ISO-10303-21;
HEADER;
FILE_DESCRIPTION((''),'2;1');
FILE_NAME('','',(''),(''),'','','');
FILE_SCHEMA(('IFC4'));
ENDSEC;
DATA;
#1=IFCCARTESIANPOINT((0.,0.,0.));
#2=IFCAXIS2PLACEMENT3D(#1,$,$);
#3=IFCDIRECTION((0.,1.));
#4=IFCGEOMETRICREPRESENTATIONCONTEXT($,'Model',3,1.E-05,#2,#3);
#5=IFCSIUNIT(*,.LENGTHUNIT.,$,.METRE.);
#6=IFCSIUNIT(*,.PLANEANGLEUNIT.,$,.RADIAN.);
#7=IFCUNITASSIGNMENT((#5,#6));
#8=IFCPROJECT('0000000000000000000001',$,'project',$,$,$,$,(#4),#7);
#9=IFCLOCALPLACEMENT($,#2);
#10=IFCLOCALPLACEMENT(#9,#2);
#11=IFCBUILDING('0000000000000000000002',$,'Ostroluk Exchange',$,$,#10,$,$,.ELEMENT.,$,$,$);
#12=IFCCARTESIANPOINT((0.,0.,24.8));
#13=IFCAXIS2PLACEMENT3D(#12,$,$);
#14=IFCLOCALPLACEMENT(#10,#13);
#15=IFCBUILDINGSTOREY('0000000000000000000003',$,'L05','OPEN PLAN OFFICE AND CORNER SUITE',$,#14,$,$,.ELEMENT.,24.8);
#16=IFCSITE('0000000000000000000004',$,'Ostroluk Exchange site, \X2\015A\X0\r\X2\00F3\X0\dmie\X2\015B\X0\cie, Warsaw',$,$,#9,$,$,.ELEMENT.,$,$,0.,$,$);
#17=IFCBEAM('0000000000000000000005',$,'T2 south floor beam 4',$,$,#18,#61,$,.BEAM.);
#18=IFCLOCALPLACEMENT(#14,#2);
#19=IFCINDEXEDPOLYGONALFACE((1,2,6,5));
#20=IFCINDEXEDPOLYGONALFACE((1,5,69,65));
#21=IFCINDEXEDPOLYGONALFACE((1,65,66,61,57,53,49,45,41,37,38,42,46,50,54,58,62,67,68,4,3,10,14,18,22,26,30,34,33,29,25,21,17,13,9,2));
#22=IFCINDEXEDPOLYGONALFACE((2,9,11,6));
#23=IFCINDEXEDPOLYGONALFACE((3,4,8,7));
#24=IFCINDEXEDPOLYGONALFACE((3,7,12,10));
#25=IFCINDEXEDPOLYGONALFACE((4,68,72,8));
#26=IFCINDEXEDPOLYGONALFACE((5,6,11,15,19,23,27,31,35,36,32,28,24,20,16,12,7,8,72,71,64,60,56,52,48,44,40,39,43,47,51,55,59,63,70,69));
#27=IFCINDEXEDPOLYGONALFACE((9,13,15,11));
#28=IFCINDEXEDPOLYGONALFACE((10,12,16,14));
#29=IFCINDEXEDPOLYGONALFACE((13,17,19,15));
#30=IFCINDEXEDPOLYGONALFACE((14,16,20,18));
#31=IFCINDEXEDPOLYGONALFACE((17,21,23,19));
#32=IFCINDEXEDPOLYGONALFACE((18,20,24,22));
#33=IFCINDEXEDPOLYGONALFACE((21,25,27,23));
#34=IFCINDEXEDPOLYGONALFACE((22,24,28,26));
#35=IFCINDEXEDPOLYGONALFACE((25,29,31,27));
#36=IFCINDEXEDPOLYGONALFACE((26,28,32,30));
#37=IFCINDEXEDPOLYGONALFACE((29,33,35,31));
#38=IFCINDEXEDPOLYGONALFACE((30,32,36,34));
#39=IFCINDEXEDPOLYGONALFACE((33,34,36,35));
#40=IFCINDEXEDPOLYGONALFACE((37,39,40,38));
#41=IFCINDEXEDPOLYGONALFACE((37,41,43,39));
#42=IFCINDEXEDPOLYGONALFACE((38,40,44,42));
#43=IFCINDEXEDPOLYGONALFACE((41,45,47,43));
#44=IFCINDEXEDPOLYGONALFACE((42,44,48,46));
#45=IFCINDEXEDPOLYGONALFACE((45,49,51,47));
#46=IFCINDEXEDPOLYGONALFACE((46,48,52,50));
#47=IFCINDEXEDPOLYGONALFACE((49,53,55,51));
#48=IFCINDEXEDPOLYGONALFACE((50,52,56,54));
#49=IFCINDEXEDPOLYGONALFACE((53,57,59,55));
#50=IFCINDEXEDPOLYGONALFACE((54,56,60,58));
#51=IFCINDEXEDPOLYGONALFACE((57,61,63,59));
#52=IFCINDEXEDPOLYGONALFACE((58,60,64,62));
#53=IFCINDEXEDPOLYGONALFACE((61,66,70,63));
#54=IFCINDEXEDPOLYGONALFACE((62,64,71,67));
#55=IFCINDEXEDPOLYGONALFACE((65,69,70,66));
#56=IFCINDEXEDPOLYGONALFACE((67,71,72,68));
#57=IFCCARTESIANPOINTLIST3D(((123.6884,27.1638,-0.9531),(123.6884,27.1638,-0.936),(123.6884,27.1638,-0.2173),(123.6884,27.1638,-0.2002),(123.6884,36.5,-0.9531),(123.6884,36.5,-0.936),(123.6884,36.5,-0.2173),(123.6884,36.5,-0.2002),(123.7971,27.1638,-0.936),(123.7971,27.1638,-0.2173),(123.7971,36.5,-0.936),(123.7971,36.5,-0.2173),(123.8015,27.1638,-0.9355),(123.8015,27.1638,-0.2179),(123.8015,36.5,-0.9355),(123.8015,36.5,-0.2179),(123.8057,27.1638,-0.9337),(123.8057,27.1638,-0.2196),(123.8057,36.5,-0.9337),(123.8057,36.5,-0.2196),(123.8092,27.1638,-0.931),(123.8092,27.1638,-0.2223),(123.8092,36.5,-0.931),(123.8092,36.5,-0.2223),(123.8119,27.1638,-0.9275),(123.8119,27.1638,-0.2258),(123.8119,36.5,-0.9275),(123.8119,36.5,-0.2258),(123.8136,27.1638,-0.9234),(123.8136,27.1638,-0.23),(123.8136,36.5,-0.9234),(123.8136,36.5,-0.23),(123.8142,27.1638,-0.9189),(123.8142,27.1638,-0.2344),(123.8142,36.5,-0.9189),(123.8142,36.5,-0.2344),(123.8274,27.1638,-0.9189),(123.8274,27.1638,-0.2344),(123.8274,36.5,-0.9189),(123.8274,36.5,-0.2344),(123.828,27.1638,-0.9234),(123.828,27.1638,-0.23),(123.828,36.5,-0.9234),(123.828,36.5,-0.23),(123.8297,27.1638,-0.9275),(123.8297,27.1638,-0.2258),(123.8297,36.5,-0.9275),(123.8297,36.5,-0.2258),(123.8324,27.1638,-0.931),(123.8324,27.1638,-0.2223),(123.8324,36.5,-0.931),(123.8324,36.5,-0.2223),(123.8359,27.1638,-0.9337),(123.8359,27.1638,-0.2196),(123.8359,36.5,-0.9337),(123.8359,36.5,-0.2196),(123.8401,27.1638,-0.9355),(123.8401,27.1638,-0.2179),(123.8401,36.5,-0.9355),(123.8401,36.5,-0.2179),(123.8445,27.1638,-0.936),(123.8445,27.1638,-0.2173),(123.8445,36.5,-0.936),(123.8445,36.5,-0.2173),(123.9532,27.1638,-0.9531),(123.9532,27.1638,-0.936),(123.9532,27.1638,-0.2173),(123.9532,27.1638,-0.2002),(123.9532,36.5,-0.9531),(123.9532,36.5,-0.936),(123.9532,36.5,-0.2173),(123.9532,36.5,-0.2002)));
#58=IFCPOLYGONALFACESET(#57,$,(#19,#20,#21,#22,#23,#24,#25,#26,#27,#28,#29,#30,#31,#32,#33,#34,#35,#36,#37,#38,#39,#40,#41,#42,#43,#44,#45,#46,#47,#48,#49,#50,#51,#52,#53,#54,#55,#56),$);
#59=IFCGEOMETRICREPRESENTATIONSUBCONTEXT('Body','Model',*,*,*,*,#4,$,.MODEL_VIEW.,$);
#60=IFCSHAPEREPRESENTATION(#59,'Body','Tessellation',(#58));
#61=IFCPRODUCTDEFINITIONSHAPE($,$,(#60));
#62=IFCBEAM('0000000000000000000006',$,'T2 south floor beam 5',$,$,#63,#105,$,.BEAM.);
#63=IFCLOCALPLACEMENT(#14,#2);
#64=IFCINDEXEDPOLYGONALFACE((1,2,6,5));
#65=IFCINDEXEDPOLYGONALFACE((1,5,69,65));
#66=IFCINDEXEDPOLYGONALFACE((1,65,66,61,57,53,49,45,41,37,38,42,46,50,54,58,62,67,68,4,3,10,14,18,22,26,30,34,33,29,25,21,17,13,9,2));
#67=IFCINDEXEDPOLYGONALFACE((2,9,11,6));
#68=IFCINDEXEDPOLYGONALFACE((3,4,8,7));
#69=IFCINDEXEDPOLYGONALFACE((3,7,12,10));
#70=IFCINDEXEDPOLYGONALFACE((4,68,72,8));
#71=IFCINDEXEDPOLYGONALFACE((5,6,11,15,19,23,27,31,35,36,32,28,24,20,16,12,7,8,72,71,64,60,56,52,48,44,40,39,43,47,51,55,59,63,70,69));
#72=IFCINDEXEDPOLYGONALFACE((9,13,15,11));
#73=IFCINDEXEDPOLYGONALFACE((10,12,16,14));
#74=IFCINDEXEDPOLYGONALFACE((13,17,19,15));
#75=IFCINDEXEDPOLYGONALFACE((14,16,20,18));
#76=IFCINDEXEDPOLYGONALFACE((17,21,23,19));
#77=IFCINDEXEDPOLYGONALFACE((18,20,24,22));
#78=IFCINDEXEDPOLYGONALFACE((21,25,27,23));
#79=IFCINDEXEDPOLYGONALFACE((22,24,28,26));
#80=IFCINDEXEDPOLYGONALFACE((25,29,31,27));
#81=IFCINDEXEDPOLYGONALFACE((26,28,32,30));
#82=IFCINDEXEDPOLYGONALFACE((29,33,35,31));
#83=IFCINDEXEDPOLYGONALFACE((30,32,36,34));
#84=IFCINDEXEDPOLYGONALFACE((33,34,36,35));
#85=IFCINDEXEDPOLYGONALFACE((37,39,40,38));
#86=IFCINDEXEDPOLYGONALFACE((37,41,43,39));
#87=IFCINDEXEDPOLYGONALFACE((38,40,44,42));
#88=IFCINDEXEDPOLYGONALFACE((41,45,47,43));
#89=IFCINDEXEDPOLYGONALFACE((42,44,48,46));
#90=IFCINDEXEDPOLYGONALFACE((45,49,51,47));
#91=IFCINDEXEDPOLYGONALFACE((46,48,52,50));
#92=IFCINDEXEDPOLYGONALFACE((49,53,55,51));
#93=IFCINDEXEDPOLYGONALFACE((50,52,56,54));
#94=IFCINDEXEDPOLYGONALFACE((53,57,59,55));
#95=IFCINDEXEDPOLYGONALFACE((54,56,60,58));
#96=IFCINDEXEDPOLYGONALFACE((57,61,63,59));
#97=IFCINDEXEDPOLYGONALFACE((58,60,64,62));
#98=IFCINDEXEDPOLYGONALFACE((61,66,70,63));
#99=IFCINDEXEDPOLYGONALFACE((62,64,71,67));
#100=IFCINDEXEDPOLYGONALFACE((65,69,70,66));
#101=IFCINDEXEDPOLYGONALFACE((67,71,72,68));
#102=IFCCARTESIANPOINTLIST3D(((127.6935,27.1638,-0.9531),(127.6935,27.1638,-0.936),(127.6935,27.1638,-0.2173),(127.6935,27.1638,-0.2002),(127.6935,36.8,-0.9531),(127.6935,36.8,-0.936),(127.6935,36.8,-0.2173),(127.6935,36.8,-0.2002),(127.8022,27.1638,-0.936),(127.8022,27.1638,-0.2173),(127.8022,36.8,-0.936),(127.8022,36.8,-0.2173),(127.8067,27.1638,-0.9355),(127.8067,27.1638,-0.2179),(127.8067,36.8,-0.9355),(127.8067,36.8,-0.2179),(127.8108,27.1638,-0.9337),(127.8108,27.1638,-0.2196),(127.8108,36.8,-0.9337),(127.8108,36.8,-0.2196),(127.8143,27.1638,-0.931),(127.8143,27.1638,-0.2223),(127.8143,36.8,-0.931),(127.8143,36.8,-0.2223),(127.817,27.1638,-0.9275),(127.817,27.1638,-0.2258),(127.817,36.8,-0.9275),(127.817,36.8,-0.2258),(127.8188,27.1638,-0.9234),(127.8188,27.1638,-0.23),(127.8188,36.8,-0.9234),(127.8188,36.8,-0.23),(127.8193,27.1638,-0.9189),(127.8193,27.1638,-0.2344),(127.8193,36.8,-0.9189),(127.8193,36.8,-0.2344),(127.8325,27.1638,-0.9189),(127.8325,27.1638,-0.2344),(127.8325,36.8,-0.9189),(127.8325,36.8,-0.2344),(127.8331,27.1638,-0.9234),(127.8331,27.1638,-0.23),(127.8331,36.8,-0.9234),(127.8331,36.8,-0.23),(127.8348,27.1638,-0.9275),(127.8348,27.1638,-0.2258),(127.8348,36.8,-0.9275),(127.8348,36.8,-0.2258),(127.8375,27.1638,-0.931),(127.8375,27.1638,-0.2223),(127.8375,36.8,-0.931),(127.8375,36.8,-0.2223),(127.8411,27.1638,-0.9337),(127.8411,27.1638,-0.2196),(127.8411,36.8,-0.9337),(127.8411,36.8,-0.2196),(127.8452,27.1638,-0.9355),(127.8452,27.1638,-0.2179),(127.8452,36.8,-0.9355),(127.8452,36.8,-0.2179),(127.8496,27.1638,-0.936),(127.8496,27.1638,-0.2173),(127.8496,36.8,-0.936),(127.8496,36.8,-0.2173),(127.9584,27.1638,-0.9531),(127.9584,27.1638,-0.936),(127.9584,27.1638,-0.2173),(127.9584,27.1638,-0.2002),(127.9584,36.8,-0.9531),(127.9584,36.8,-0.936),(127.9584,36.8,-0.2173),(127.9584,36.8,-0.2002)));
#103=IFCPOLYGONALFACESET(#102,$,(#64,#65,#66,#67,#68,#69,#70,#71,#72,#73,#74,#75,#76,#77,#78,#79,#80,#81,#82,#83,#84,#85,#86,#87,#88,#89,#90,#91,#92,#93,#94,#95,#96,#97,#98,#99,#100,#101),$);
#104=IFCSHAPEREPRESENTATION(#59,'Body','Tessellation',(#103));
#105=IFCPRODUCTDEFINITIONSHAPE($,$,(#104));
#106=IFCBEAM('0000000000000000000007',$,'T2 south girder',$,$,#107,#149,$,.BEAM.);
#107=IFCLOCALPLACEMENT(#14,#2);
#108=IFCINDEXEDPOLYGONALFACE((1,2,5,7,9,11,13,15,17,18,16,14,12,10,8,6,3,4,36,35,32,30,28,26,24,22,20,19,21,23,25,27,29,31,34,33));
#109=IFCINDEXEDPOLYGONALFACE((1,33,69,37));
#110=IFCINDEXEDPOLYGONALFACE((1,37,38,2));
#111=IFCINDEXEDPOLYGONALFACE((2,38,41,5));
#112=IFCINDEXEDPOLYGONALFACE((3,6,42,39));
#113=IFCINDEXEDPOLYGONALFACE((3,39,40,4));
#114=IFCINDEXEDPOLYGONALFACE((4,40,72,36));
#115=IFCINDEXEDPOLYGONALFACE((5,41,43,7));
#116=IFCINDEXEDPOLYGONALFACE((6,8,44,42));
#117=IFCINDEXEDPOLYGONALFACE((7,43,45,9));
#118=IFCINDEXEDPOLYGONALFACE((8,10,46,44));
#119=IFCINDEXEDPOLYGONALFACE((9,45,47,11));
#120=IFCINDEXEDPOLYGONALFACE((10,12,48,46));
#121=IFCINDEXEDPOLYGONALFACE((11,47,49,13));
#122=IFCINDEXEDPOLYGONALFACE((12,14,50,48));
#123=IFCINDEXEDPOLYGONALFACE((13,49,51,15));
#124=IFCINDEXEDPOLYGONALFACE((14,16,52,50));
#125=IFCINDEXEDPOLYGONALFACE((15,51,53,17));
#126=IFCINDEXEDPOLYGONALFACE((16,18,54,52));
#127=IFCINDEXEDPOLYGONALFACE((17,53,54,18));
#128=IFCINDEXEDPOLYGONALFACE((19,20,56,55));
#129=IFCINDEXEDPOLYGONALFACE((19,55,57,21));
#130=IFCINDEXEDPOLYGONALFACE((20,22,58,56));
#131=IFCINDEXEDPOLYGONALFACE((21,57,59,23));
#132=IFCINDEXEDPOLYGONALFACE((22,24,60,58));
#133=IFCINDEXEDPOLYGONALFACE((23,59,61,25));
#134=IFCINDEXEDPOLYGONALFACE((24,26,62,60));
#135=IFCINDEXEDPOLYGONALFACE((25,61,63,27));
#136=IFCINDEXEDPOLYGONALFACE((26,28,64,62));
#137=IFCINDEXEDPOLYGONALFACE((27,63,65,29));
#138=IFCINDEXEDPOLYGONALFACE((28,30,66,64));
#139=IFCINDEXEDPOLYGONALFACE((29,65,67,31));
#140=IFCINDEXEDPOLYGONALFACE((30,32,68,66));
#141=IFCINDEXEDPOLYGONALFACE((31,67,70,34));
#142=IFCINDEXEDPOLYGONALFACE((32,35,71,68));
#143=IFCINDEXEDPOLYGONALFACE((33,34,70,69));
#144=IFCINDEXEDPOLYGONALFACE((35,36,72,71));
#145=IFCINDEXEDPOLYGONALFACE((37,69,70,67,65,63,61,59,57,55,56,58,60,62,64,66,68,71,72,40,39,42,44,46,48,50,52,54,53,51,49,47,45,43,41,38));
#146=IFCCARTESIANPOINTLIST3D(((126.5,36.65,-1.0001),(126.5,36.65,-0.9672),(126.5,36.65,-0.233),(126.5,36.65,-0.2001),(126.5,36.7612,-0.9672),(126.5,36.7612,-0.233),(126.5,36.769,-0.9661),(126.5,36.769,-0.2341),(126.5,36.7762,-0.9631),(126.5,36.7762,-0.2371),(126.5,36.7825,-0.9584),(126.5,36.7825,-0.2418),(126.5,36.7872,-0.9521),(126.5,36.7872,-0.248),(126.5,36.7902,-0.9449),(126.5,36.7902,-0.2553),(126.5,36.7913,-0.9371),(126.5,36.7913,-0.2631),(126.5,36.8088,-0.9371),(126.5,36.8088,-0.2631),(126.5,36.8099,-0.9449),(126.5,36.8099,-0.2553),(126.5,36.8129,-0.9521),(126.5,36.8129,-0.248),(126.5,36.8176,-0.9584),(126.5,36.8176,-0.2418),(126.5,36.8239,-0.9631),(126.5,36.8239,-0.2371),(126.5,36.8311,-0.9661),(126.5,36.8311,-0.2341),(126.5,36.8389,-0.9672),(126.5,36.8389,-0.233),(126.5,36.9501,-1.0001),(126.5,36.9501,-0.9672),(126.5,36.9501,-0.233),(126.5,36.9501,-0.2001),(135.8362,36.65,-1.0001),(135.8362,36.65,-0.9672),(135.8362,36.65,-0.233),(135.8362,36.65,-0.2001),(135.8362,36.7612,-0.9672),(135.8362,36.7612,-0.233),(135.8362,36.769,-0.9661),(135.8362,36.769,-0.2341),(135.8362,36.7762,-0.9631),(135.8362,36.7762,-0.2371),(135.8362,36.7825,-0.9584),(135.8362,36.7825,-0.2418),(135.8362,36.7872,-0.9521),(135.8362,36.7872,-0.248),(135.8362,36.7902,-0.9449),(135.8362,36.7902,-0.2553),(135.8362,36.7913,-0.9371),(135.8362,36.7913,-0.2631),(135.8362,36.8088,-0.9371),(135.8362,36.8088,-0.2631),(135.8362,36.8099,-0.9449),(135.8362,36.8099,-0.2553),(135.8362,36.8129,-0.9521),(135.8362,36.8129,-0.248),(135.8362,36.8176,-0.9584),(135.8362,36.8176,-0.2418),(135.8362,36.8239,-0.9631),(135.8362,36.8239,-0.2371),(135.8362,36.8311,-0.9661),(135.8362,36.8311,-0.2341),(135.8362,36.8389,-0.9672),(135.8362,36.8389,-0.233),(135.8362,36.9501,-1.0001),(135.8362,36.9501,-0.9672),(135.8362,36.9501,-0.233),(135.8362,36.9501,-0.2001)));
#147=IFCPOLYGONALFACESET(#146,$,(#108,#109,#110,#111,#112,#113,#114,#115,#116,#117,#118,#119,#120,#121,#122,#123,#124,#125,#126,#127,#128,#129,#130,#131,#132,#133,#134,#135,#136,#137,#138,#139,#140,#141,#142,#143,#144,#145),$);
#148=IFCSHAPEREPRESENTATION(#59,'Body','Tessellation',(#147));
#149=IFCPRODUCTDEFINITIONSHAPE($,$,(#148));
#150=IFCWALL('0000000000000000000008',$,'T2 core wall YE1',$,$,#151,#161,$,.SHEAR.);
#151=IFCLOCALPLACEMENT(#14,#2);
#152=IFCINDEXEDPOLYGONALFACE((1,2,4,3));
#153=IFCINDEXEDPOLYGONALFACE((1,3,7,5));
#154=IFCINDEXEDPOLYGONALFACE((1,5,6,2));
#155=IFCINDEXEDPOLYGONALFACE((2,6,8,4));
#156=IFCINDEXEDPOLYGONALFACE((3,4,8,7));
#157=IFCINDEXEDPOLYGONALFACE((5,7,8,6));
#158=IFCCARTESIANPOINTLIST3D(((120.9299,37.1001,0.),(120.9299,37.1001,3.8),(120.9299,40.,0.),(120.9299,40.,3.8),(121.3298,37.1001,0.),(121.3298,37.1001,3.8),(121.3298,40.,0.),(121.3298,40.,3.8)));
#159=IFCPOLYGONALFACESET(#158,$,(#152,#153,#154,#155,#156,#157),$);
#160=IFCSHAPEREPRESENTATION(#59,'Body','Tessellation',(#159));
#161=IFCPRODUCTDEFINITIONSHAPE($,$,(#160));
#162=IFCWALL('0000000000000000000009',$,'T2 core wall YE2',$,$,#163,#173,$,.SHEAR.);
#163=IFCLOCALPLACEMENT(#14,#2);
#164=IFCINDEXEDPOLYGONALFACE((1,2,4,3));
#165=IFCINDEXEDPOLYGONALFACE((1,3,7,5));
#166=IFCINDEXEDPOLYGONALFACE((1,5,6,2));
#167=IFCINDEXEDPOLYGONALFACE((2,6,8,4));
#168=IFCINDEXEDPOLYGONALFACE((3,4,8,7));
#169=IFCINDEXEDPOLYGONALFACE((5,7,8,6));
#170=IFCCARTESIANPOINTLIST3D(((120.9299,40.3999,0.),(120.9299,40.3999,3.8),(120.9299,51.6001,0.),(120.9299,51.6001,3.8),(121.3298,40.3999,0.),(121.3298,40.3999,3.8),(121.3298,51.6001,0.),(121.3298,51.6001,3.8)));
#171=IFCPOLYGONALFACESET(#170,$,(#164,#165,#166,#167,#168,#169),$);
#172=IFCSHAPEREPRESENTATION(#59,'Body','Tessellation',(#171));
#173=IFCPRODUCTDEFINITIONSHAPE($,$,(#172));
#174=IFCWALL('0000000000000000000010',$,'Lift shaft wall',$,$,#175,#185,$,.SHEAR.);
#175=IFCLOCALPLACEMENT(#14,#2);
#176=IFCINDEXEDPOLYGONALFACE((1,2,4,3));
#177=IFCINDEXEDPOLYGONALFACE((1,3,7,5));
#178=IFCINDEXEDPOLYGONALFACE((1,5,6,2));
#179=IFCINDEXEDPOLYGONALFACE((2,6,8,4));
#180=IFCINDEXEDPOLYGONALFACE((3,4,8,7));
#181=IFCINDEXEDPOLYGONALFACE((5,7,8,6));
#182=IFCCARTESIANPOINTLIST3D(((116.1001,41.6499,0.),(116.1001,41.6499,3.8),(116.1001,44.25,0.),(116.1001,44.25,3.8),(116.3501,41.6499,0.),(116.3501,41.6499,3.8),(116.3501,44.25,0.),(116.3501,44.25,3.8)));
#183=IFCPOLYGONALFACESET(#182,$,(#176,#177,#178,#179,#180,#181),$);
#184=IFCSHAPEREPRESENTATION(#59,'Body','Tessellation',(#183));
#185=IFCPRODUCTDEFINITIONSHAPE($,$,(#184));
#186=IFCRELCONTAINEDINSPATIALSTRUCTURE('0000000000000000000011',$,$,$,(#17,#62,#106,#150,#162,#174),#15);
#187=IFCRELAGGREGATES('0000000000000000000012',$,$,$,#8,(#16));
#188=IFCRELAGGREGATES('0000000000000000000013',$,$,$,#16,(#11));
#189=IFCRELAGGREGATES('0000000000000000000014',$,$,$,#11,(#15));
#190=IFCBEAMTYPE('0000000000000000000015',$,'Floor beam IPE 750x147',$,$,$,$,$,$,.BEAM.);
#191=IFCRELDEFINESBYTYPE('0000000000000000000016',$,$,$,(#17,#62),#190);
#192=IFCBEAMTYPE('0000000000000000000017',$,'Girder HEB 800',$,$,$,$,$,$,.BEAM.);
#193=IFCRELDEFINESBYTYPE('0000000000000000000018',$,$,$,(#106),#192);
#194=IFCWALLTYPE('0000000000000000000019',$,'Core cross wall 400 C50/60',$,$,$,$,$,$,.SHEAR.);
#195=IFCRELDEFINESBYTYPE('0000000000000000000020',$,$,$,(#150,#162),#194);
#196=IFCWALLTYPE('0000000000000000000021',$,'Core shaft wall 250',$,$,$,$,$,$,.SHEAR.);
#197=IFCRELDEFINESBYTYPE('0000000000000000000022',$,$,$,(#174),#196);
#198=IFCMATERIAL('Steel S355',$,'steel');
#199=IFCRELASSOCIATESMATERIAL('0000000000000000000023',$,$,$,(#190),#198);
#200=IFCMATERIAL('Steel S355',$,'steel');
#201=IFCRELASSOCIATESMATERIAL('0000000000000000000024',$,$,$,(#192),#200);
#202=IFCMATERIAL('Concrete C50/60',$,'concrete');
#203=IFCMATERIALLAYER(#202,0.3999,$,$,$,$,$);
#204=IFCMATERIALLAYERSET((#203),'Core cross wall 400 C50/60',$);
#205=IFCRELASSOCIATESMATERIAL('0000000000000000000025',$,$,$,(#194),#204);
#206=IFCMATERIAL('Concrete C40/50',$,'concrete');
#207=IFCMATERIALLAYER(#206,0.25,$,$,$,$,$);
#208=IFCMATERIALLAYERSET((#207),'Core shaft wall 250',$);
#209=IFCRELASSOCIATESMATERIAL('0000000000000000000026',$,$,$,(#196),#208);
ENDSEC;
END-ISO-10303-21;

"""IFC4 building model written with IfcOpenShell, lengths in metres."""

from ifc_helpers import new_model, si_unit, direction, frame, frame_2d, origin, origin_2d, place, context, subcontext, project, spatial, rectangle, i_section, extrude, material, layer, layer_set, material_profile, profile_set, type_object, element, save


model = new_model("IFC4")

# Units and contexts
model_context = context("Model", 3, precision=1e-05, world=origin(), true_north=direction((0.0, 1.0)))
body_context = subcontext(model_context, "Body", "Model", "MODEL_VIEW")
ifc_project = project(units=[si_unit("LENGTHUNIT", "METRE"), si_unit("PLANEANGLEUNIT", "RADIAN")], contexts=[model_context])

# Site, building, storey
site_placement = place(None, origin())
site = spatial("IfcSite", under=ifc_project, at=site_placement, Name="Ostroluk Exchange site, Śródmieście, Warsaw", CompositionType="ELEMENT", RefElevation=0.0)
building_placement = place(site_placement, origin())
building = spatial("IfcBuilding", under=site, at=building_placement, Name="Ostroluk Exchange", CompositionType="ELEMENT")
storey_placement = place(building_placement, frame((0.0, 0.0, 24.8)))
storey = spatial("IfcBuildingStorey", under=building, at=storey_placement, Name="L05", Description="OPEN PLAN OFFICE AND CORNER SUITE", CompositionType="ELEMENT", Elevation=24.8)

# Beams
ifc_material_1 = material(Name="Steel S355", Category="steel")
ifc_material_profile_1 = material_profile(ifc_material_1, i_section(OverallWidth=0.2649, OverallDepth=0.7529, WebThickness=0.0132, FlangeThickness=0.0171, FilletRadius=0.0171, at=origin_2d()), Name="IPE 750x147")
ifc_profile_set_1 = profile_set([ifc_material_profile_1], Name="Steel S355")
beam_type_1 = type_object("IfcBeamType", Name="Floor beam IPE 750x147", PredefinedType="BEAM", material=ifc_profile_set_1)
for number, where, z_axis, x_axis, name in (
    (1, (123.8208, 36.5, -0.5767), (0.0, -1.0, 0.0), (1.0, 0.0, 0.0), "T2 south floor beam 4"),
):
    element("IfcBeam", number, at=place(storey_placement, frame(where, z_axis=z_axis, x_axis=x_axis)), inside=storey, type_object=beam_type_1, Name=name, PredefinedType="BEAM", context=body_context, shape_type="SweptSolid", body=[
        extrude(i_section(OverallWidth=0.2649, OverallDepth=0.7529, WebThickness=0.0132, FlangeThickness=0.0171, FilletRadius=0.0171, at=origin_2d()), origin(), (0.0, 0.0, 1.0), 9.3362),
    ])
beam_1_placement = place(storey_placement, frame((127.8259, 36.8, -0.5767), z_axis=(0.0, -1.0, 0.0), x_axis=(1.0, 0.0, 0.0)))
element("IfcBeam", 2, at=beam_1_placement, inside=storey, type_object=beam_type_1, Name="T2 south floor beam 5", PredefinedType="BEAM", context=body_context, shape_type="SweptSolid", body=[
    extrude(i_section(OverallWidth=0.2649, OverallDepth=0.7529, WebThickness=0.0132, FlangeThickness=0.0171, FilletRadius=0.0171, at=origin_2d()), origin(), (0.0, 0.0, 1.0), 9.6362),
])
ifc_material_2 = material(Name="Steel S355", Category="steel")
ifc_material_profile_2 = material_profile(ifc_material_2, i_section(OverallWidth=0.3, OverallDepth=0.8, WebThickness=0.0176, FlangeThickness=0.033, FilletRadius=0.03, at=origin_2d()), Name="HEB 800")
ifc_profile_set_2 = profile_set([ifc_material_profile_2], Name="Steel S355")
beam_type_2 = type_object("IfcBeamType", Name="Girder HEB 800", PredefinedType="BEAM", material=ifc_profile_set_2)
beam_2_placement = place(storey_placement, frame((126.5, 36.8, -0.6001), z_axis=(1.0, 0.0, 0.0), x_axis=(0.0, 1.0, 0.0)))
element("IfcBeam", 3, at=beam_2_placement, inside=storey, type_object=beam_type_2, Name="T2 south girder", PredefinedType="BEAM", context=body_context, shape_type="SweptSolid", body=[
    extrude(i_section(OverallWidth=0.3, OverallDepth=0.8, WebThickness=0.0176, FlangeThickness=0.033, FilletRadius=0.03, at=origin_2d()), origin(), (0.0, 0.0, 1.0), 9.3362),
])

# Walls
ifc_material_3 = material(Name="Concrete C50/60", Category="concrete")
ifc_layer_1 = layer(ifc_material_3, 0.3999)
ifc_layer_set_1 = layer_set([ifc_layer_1], Name="Core cross wall 400 C50/60")
wall_type_1 = type_object("IfcWallType", Name="Core cross wall 400 C50/60", PredefinedType="SHEAR", material=ifc_layer_set_1)
wall_1_placement = place(storey_placement, frame((121.1299, 37.1001, 0.0), z_axis=(0.0, 0.0, 1.0), x_axis=(0.0, 1.0, 0.0)))
element("IfcWall", 4, at=wall_1_placement, inside=storey, type_object=wall_type_1, Name="T2 core wall YE1", PredefinedType="SHEAR", context=body_context, shape_type="SweptSolid", body=[
    extrude(rectangle(XDim=2.8999, YDim=0.3999, at=frame_2d((1.45, 0.0))), origin(), (0.0, 0.0, 1.0), 3.8),
])
wall_2_placement = place(storey_placement, frame((121.1299, 40.3999, 0.0), z_axis=(0.0, 0.0, 1.0), x_axis=(0.0, 1.0, 0.0)))
element("IfcWall", 5, at=wall_2_placement, inside=storey, type_object=wall_type_1, Name="T2 core wall YE2", PredefinedType="SHEAR", context=body_context, shape_type="SweptSolid", body=[
    extrude(rectangle(XDim=11.2002, YDim=0.3999, at=frame_2d((5.6001, 0.0))), origin(), (0.0, 0.0, 1.0), 3.8),
])
ifc_material_4 = material(Name="Concrete C40/50", Category="concrete")
ifc_layer_2 = layer(ifc_material_4, 0.25)
ifc_layer_set_2 = layer_set([ifc_layer_2], Name="Core shaft wall 250")
wall_type_2 = type_object("IfcWallType", Name="Core shaft wall 250", PredefinedType="SHEAR", material=ifc_layer_set_2)
for number, where, z_axis, x_axis, name in (
    (6, (116.2251, 44.25, 0.0), (0.0, 0.0, 1.0), (0.0, -1.0, 0.0), "Lift shaft wall"),
):
    element("IfcWall", number, at=place(storey_placement, frame(where, z_axis=z_axis, x_axis=x_axis)), inside=storey, type_object=wall_type_2, Name=name, PredefinedType="SHEAR", context=body_context, shape_type="SweptSolid", body=[
        extrude(rectangle(XDim=2.6001, YDim=0.25, at=frame_2d((1.3, 0.0))), origin(), (0.0, 0.0, 1.0), 3.8),
    ])

save(model, "model.ifc")
